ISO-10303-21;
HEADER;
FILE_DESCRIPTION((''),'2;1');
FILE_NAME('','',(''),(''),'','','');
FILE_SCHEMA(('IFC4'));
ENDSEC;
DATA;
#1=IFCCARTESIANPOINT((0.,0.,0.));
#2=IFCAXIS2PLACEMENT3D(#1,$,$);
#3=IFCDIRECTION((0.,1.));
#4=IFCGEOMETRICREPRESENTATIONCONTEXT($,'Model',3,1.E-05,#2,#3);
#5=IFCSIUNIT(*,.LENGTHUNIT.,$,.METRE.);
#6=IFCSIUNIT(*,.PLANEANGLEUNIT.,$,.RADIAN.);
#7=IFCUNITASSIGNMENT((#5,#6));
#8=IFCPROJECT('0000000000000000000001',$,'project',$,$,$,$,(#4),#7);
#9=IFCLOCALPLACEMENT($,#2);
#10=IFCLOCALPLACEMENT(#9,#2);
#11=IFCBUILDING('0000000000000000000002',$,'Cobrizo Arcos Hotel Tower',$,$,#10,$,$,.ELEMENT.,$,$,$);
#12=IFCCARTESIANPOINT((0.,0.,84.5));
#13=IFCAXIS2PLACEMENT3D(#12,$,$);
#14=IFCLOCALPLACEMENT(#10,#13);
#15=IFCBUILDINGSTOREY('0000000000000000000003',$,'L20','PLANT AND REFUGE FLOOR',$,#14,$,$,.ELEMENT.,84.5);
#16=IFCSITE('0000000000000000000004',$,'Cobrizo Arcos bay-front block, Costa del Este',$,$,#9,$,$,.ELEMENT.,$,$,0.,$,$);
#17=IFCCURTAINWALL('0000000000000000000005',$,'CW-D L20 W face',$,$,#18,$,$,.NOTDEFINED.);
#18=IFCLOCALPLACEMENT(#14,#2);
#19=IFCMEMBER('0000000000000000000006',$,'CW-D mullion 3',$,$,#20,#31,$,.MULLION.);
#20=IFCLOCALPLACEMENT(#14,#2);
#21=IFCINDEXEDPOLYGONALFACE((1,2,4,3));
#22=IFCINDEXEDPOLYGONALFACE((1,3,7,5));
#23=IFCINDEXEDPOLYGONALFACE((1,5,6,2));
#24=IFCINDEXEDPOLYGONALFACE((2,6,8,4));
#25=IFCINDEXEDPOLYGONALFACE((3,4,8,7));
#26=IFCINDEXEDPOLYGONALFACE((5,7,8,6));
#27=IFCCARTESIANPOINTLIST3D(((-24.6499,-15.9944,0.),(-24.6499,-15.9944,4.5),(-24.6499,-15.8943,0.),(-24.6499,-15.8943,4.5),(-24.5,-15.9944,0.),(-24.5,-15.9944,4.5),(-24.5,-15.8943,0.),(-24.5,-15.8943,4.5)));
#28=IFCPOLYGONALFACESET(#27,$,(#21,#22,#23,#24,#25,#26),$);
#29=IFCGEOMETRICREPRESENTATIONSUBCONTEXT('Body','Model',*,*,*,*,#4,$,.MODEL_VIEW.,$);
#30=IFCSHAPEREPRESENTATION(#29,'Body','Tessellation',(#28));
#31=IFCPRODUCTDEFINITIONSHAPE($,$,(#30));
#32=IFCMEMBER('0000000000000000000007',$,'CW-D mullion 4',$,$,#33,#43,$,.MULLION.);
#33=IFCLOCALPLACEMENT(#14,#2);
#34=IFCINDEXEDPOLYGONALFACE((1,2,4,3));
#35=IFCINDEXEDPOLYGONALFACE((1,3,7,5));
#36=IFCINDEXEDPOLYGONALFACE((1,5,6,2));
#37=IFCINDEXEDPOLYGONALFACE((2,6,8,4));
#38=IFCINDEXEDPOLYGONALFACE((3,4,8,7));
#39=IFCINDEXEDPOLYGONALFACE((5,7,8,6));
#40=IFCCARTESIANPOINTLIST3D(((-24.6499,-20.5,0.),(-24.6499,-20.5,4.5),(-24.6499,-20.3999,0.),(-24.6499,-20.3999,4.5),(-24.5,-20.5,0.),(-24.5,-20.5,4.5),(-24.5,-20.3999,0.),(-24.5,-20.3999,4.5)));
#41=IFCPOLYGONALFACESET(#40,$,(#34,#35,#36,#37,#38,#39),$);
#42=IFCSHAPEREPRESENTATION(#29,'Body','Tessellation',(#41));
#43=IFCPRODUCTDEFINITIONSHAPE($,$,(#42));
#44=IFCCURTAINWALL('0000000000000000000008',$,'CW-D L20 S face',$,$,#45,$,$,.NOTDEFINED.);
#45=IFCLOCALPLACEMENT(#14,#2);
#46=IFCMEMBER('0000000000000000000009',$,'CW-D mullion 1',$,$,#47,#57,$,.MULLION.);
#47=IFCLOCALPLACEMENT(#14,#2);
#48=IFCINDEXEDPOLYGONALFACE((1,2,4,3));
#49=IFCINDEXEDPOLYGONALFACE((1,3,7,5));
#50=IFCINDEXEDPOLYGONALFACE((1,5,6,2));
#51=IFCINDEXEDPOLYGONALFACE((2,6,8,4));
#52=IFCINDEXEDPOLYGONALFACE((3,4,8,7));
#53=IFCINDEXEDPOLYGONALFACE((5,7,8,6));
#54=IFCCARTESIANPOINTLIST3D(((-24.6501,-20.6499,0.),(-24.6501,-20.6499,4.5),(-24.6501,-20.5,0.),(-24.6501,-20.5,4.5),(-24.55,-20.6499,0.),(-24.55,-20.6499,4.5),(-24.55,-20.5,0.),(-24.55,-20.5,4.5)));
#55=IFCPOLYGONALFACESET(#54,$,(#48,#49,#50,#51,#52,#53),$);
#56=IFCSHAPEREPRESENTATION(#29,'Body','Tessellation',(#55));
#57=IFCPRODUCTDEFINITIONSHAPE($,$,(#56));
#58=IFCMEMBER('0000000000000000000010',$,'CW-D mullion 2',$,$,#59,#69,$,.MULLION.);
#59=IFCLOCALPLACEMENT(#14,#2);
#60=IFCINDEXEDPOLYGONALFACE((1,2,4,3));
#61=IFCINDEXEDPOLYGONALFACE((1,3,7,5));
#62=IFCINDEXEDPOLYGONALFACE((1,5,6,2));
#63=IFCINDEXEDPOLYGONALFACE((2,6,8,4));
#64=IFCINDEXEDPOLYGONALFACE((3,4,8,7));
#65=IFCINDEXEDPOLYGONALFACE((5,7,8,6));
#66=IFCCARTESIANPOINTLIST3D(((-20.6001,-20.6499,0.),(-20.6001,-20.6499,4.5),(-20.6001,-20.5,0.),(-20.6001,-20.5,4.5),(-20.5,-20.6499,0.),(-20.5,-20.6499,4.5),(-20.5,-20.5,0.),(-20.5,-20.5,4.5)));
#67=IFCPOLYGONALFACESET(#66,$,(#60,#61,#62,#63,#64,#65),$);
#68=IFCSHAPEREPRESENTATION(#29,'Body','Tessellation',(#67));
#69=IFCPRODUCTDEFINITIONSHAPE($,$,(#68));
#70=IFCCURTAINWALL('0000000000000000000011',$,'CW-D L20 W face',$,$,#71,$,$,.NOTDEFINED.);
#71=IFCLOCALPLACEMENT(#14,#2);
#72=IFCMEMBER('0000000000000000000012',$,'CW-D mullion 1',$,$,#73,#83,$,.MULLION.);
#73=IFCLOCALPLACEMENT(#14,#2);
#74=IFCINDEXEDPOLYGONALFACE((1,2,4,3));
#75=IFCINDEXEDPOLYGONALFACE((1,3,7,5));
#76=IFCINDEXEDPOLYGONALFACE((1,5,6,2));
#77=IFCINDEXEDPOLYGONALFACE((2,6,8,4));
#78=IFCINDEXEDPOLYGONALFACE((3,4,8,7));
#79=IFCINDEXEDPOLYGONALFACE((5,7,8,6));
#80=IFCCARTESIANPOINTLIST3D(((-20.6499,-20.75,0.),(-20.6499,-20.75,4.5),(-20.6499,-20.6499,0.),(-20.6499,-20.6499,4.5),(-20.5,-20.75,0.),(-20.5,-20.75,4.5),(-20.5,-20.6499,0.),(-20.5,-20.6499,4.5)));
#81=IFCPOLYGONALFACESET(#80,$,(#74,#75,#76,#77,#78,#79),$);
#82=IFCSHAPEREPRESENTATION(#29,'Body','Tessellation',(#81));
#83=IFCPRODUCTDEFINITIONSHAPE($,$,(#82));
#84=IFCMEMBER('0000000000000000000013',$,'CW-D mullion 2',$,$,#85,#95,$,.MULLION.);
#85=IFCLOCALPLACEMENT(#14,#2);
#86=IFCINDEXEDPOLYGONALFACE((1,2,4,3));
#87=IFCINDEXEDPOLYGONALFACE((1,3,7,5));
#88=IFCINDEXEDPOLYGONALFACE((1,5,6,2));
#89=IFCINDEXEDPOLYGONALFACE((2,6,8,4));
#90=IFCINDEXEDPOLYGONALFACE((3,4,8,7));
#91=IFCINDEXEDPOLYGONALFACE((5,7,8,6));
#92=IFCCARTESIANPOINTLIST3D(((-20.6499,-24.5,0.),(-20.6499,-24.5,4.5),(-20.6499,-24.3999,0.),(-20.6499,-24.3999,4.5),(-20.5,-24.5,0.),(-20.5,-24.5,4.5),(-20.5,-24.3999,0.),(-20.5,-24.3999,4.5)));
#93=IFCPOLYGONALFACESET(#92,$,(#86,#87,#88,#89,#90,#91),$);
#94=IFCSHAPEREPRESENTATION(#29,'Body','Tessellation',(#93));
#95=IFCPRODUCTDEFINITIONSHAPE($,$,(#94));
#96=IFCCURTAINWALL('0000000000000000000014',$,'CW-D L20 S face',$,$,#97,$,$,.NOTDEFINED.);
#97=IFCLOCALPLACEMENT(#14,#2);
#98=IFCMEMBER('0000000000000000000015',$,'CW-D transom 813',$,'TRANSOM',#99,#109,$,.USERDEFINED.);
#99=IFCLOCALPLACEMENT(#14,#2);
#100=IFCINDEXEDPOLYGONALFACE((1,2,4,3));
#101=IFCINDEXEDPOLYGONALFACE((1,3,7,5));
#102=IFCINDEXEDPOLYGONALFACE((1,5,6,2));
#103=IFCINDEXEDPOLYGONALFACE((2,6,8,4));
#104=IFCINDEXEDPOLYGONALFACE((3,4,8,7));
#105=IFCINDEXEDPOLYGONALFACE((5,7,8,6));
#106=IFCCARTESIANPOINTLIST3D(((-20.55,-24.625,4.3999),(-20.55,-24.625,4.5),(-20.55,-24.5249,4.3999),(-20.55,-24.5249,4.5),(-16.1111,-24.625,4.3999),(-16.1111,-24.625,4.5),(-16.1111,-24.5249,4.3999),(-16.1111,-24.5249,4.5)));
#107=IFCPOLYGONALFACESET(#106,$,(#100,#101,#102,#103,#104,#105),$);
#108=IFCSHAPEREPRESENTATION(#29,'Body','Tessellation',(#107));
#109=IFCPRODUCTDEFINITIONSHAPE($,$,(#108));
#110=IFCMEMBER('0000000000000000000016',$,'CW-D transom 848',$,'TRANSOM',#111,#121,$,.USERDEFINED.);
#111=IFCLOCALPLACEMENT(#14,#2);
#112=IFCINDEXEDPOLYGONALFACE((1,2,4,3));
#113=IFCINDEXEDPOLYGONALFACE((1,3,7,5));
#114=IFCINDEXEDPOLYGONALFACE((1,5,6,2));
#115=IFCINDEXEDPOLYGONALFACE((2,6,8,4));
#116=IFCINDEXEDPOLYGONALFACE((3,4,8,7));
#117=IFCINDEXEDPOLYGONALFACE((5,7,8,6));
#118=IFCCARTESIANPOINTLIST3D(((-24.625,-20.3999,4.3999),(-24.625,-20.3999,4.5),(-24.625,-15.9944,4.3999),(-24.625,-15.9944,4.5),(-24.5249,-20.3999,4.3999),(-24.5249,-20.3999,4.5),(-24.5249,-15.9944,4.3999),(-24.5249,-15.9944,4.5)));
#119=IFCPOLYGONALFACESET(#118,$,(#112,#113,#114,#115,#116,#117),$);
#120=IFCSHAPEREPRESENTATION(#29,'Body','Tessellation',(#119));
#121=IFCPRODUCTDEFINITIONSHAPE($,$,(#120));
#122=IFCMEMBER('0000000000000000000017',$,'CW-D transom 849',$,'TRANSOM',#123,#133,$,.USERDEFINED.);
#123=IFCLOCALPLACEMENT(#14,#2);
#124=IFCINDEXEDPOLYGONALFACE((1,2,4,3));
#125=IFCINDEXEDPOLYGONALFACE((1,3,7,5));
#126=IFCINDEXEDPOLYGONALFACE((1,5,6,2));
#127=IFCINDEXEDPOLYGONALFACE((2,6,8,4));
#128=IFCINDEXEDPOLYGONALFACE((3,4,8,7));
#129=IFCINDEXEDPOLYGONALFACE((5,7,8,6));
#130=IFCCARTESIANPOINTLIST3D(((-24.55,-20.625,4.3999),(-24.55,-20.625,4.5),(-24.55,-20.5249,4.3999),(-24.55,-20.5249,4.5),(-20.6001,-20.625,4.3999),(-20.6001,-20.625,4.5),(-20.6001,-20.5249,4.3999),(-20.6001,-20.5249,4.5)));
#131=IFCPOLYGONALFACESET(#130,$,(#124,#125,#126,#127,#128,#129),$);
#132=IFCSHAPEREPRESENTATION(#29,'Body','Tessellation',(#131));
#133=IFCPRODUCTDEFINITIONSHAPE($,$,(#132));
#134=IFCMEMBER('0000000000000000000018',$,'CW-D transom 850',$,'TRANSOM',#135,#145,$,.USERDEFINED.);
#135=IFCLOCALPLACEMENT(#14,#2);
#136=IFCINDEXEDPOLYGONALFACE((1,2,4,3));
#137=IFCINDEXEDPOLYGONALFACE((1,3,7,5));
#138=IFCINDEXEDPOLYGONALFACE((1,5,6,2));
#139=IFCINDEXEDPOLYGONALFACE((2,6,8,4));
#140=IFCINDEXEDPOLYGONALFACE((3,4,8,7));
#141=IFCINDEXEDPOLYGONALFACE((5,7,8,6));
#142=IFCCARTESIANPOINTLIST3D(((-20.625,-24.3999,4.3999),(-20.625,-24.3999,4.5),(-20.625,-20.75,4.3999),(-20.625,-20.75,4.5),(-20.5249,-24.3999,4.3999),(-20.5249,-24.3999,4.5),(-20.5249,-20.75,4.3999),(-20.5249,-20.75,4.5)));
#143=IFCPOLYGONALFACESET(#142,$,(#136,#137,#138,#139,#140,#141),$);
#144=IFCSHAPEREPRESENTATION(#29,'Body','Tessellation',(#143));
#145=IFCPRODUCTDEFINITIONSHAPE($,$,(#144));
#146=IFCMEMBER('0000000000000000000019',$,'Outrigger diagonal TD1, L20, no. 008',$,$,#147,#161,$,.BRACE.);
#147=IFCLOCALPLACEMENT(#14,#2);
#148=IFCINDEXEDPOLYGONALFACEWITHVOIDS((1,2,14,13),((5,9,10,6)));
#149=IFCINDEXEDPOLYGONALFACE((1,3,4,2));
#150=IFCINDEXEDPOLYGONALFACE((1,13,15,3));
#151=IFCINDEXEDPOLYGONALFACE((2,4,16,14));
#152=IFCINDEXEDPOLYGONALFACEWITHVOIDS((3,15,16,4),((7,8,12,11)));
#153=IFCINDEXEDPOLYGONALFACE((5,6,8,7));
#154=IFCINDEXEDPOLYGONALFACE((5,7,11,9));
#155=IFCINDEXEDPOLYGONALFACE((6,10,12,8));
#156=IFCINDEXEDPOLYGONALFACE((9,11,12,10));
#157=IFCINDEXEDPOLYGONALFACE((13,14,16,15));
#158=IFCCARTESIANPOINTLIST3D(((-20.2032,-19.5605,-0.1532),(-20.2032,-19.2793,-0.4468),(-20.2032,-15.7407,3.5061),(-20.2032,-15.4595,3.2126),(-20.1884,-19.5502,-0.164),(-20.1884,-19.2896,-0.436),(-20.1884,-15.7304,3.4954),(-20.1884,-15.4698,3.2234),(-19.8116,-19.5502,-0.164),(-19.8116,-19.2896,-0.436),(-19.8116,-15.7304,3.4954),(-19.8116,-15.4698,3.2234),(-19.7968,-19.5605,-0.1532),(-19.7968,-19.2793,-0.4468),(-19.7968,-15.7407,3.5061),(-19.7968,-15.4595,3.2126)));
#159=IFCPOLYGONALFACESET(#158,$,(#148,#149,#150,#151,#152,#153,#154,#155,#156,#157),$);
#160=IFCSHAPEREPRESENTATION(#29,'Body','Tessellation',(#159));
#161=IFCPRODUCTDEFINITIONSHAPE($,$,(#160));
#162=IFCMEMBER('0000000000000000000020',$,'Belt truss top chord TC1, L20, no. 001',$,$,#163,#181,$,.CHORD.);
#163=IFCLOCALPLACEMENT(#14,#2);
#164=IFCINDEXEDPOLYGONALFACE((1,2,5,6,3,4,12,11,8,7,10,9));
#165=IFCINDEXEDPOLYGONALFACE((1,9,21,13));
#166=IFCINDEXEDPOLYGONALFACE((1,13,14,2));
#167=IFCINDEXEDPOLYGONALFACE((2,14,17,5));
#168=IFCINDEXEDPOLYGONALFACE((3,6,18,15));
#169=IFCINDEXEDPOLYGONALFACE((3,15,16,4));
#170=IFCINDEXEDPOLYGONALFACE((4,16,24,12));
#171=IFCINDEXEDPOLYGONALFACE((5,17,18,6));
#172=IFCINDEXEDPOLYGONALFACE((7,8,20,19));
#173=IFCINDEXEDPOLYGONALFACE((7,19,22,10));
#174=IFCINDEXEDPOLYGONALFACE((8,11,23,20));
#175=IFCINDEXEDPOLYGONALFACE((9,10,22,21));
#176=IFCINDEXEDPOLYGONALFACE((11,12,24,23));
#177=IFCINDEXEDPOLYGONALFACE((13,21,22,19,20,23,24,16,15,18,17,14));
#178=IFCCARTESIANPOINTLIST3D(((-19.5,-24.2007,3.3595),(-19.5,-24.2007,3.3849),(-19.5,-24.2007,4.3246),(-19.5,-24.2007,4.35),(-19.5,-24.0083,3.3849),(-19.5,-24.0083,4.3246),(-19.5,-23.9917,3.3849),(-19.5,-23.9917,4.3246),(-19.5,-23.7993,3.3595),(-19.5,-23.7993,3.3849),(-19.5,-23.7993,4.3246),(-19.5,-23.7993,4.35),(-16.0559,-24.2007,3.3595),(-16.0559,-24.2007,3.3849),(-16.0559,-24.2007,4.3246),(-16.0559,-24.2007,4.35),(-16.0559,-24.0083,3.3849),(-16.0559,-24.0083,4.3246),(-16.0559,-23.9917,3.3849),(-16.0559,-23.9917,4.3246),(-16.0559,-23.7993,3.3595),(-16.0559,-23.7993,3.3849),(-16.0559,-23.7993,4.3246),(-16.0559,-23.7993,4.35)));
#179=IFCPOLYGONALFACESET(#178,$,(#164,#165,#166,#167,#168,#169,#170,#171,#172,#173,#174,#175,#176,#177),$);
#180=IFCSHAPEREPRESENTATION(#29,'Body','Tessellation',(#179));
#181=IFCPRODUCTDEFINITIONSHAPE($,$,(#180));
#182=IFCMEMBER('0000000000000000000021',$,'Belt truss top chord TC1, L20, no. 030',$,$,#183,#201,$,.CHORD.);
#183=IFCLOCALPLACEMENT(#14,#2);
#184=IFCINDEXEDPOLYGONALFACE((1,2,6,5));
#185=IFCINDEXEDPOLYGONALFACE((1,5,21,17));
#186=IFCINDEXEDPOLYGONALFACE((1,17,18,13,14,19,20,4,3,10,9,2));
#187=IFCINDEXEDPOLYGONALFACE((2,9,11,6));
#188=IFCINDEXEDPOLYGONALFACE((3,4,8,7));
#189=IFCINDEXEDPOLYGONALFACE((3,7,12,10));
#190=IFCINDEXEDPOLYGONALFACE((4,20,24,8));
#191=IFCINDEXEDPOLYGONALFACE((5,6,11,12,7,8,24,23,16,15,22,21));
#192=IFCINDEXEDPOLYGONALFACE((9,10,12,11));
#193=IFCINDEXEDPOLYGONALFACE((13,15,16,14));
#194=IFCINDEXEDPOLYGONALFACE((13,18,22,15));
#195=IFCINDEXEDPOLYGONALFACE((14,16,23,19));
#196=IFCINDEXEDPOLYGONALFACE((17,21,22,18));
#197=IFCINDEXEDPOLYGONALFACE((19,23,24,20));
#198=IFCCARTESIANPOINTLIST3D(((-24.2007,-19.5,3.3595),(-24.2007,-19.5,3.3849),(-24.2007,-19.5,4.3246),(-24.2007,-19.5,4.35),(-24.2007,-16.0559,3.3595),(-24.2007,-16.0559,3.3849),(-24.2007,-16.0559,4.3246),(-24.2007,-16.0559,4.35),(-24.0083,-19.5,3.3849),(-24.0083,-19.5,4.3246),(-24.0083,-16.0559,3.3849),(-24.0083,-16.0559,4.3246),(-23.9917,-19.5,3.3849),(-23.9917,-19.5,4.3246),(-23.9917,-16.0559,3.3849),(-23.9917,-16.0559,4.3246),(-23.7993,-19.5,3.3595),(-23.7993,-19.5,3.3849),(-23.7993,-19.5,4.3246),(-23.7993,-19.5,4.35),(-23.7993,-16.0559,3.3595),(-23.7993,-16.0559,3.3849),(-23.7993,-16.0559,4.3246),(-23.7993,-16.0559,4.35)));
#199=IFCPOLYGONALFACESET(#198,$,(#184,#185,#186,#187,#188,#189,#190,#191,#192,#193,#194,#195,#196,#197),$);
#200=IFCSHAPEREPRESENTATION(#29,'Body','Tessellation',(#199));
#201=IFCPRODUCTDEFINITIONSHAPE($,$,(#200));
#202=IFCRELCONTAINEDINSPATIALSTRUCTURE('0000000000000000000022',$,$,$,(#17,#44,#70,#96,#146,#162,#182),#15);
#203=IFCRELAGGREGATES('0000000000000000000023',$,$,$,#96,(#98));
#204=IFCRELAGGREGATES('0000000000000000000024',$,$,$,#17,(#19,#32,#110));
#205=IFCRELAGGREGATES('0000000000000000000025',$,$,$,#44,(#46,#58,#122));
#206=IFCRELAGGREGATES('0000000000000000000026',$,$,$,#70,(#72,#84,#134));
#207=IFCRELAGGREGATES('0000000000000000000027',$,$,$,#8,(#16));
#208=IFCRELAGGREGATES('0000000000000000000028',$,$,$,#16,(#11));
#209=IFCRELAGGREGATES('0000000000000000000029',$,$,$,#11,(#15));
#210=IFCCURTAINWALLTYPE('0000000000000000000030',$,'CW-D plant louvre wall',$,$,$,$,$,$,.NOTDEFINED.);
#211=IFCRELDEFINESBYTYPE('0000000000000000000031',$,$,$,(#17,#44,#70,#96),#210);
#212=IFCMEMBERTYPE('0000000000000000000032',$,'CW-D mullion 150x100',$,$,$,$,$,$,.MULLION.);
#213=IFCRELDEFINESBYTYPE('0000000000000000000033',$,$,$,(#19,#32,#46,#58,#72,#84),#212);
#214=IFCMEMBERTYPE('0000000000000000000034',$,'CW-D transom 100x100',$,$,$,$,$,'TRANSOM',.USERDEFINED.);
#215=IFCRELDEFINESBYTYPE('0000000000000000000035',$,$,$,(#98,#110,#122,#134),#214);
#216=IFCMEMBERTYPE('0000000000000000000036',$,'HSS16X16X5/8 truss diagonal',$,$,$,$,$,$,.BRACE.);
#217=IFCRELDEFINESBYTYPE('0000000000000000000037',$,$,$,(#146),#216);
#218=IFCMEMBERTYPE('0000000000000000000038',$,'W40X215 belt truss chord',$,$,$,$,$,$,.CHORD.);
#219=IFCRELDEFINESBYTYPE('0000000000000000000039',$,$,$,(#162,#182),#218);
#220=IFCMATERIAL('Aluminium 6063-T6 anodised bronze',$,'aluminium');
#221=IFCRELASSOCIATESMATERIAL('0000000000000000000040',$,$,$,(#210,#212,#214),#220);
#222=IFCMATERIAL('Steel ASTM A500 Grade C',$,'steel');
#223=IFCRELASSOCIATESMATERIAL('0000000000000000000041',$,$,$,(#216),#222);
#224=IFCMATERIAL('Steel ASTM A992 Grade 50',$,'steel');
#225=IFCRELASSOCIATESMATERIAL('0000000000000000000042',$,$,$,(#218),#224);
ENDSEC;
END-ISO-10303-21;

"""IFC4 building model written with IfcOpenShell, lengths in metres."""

from ifc_helpers import new_model, si_unit, direction, frame, origin, origin_2d, place, context, subcontext, project, spatial, rectangle, hollow_rectangle, i_section, extrude, material, material_profile, profile_set, type_object, element, aggregate, save


model = new_model("IFC4")

# Units and contexts
model_context = context("Model", 3, precision=1e-05, world=origin(), true_north=direction((0.0, 1.0)))
body_context = subcontext(model_context, "Body", "Model", "MODEL_VIEW")
ifc_project = project(units=[si_unit("LENGTHUNIT", "METRE"), si_unit("PLANEANGLEUNIT", "RADIAN")], contexts=[model_context])

# Site, building, storey
site_placement = place(None, origin())
site = spatial("IfcSite", under=ifc_project, at=site_placement, Name="Cobrizo Arcos bay-front block, Costa del Este", CompositionType="ELEMENT", RefElevation=0.0)
building_placement = place(site_placement, origin())
building = spatial("IfcBuilding", under=site, at=building_placement, Name="Cobrizo Arcos Hotel Tower", CompositionType="ELEMENT")
storey_placement = place(building_placement, frame((0.0, 0.0, 84.5)))
storey = spatial("IfcBuildingStorey", under=building, at=storey_placement, Name="L20", Description="PLANT AND REFUGE FLOOR", CompositionType="ELEMENT", Elevation=84.5)

# Curtain walls, members
ifc_material_1 = material(Name="Aluminium 6063-T6 anodised bronze", Category="aluminium")
curtain_wall_type = type_object("IfcCurtainWallType", Name="CW-D plant louvre wall", PredefinedType="NOTDEFINED", material=ifc_material_1)
curtain_wall_1_placement = place(storey_placement, origin())
curtain_wall_1 = element("IfcCurtainWall", 1, at=curtain_wall_1_placement, inside=storey, type_object=curtain_wall_type, Name="CW-D L20 W face", PredefinedType="NOTDEFINED")
ifc_material_profile_1 = material_profile(ifc_material_1, rectangle(XDim=0.1499, YDim=0.1001, at=origin_2d()), Name="CW-D mullion 150x100")
ifc_profile_set_1 = profile_set([ifc_material_profile_1], Name="Aluminium 6063-T6 anodised bronze")
member_type_1 = type_object("IfcMemberType", Name="CW-D mullion 150x100", PredefinedType="MULLION", material=ifc_profile_set_1)
member_1_placement = place(storey_placement, frame((-24.575, -15.9443, 0.0), z_axis=(0.0, 0.0, 1.0), x_axis=(-1.0, 0.0, 0.0)))
member_1 = element("IfcMember", 2, at=member_1_placement, type_object=member_type_1, Name="CW-D mullion 3", PredefinedType="MULLION", context=body_context, shape_type="SweptSolid", body=[
    extrude(rectangle(XDim=0.1499, YDim=0.1001, at=origin_2d()), origin(), (0.0, 0.0, 1.0), 4.5),
])
member_2_placement = place(storey_placement, frame((-24.575, -20.45, 0.0), z_axis=(0.0, 0.0, 1.0), x_axis=(-1.0, 0.0, 0.0)))
member_2 = element("IfcMember", 3, at=member_2_placement, type_object=member_type_1, Name="CW-D mullion 4", PredefinedType="MULLION", context=body_context, shape_type="SweptSolid", body=[
    extrude(rectangle(XDim=0.1499, YDim=0.1001, at=origin_2d()), origin(), (0.0, 0.0, 1.0), 4.5),
])
curtain_wall_2_placement = place(storey_placement, origin())
curtain_wall_2 = element("IfcCurtainWall", 4, at=curtain_wall_2_placement, inside=storey, type_object=curtain_wall_type, Name="CW-D L20 S face", PredefinedType="NOTDEFINED")
member_3_placement = place(storey_placement, frame((-24.6001, -20.575, 0.0), z_axis=(0.0, 0.0, 1.0), x_axis=(0.0, -1.0, 0.0)))
member_3 = element("IfcMember", 5, at=member_3_placement, type_object=member_type_1, Name="CW-D mullion 1", PredefinedType="MULLION", context=body_context, shape_type="SweptSolid", body=[
    extrude(rectangle(XDim=0.1499, YDim=0.1001, at=origin_2d()), origin(), (0.0, 0.0, 1.0), 4.5),
])
member_4_placement = place(storey_placement, frame((-20.55, -20.575, 0.0), z_axis=(0.0, 0.0, 1.0), x_axis=(0.0, -1.0, 0.0)))
member_4 = element("IfcMember", 6, at=member_4_placement, type_object=member_type_1, Name="CW-D mullion 2", PredefinedType="MULLION", context=body_context, shape_type="SweptSolid", body=[
    extrude(rectangle(XDim=0.1499, YDim=0.1001, at=origin_2d()), origin(), (0.0, 0.0, 1.0), 4.5),
])
curtain_wall_3_placement = place(storey_placement, origin())
curtain_wall_3 = element("IfcCurtainWall", 7, at=curtain_wall_3_placement, inside=storey, type_object=curtain_wall_type, Name="CW-D L20 W face", PredefinedType="NOTDEFINED")
member_5_placement = place(storey_placement, frame((-20.575, -20.7, 0.0), z_axis=(0.0, 0.0, 1.0), x_axis=(-1.0, 0.0, 0.0)))
member_5 = element("IfcMember", 8, at=member_5_placement, type_object=member_type_1, Name="CW-D mullion 1", PredefinedType="MULLION", context=body_context, shape_type="SweptSolid", body=[
    extrude(rectangle(XDim=0.1499, YDim=0.1001, at=origin_2d()), origin(), (0.0, 0.0, 1.0), 4.5),
])
member_6_placement = place(storey_placement, frame((-20.575, -24.45, 0.0), z_axis=(0.0, 0.0, 1.0), x_axis=(-1.0, 0.0, 0.0)))
member_6 = element("IfcMember", 9, at=member_6_placement, type_object=member_type_1, Name="CW-D mullion 2", PredefinedType="MULLION", context=body_context, shape_type="SweptSolid", body=[
    extrude(rectangle(XDim=0.1499, YDim=0.1001, at=origin_2d()), origin(), (0.0, 0.0, 1.0), 4.5),
])

# Curtain wall, member
curtain_wall_4_placement = place(storey_placement, origin())
curtain_wall_4 = element("IfcCurtainWall", 10, at=curtain_wall_4_placement, inside=storey, type_object=curtain_wall_type, Name="CW-D L20 S face", PredefinedType="NOTDEFINED")
ifc_material_profile_2 = material_profile(ifc_material_1, rectangle(XDim=0.1001, YDim=0.1001, at=origin_2d()), Name="CW-D transom 100x100")
ifc_profile_set_2 = profile_set([ifc_material_profile_2], Name="Aluminium 6063-T6 anodised bronze")
member_type_2 = type_object("IfcMemberType", Name="CW-D transom 100x100", ElementType="TRANSOM", PredefinedType="USERDEFINED", material=ifc_profile_set_2)
member_7_placement = place(storey_placement, frame((-20.55, -24.575, 4.45), z_axis=(1.0, 0.0, 0.0), x_axis=(0.0, 1.0, 0.0)))
member_7 = element("IfcMember", 11, at=member_7_placement, type_object=member_type_2, Name="CW-D transom 813", ObjectType="TRANSOM", PredefinedType="USERDEFINED", context=body_context, shape_type="SweptSolid", body=[
    extrude(rectangle(XDim=0.1001, YDim=0.1001, at=origin_2d()), origin(), (0.0, 0.0, 1.0), 4.439),
])
aggregate(curtain_wall_4, [member_7])

# Members
member_8_placement = place(storey_placement, frame((-24.575, -15.9944, 4.45), z_axis=(0.0, -1.0, 0.0), x_axis=(1.0, 0.0, 0.0)))
member_8 = element("IfcMember", 12, at=member_8_placement, type_object=member_type_2, Name="CW-D transom 848", ObjectType="TRANSOM", PredefinedType="USERDEFINED", context=body_context, shape_type="SweptSolid", body=[
    extrude(rectangle(XDim=0.1001, YDim=0.1001, at=origin_2d()), origin(), (0.0, 0.0, 1.0), 4.4055),
])
member_9_placement = place(storey_placement, frame((-24.55, -20.575, 4.45), z_axis=(1.0, 0.0, 0.0), x_axis=(0.0, 1.0, 0.0)))
member_9 = element("IfcMember", 13, at=member_9_placement, type_object=member_type_2, Name="CW-D transom 849", ObjectType="TRANSOM", PredefinedType="USERDEFINED", context=body_context, shape_type="SweptSolid", body=[
    extrude(rectangle(XDim=0.1001, YDim=0.1001, at=origin_2d()), origin(), (0.0, 0.0, 1.0), 3.95),
])
member_10_placement = place(storey_placement, frame((-20.575, -20.75, 4.45), z_axis=(0.0, -1.0, 0.0), x_axis=(1.0, 0.0, 0.0)))
member_10 = element("IfcMember", 14, at=member_10_placement, type_object=member_type_2, Name="CW-D transom 850", ObjectType="TRANSOM", PredefinedType="USERDEFINED", context=body_context, shape_type="SweptSolid", body=[
    extrude(rectangle(XDim=0.1001, YDim=0.1001, at=origin_2d()), origin(), (0.0, 0.0, 1.0), 3.6499),
])

# Members
ifc_material_2 = material(Name="Steel ASTM A500 Grade C", Category="steel")
ifc_material_profile_3 = material_profile(ifc_material_2, hollow_rectangle(XDim=0.4065, YDim=0.4065, WallThickness=0.0149, at=origin_2d()), Name="HSS16X16X5/8")
ifc_profile_set_3 = profile_set([ifc_material_profile_3], Name="Steel ASTM A500 Grade C")
member_type_3 = type_object("IfcMemberType", Name="HSS16X16X5/8 truss diagonal", PredefinedType="BRACE", material=ifc_profile_set_3)
member_11_placement = place(storey_placement, frame((-20.0, -15.6001, 3.3594), z_axis=(0.0, -0.722105, -0.691783), x_axis=(1.0, 0.0, 0.0)))
element("IfcMember", 15, at=member_11_placement, inside=storey, type_object=member_type_3, Name="Outrigger diagonal TD1, L20, no. 008", PredefinedType="BRACE", context=body_context, shape_type="SweptSolid", body=[
    extrude(hollow_rectangle(XDim=0.4065, YDim=0.4065, WallThickness=0.0149, at=origin_2d()), origin(), (0.0, 0.0, 1.0), 5.2898),
])
ifc_material_3 = material(Name="Steel ASTM A992 Grade 50", Category="steel")
ifc_material_profile_4 = material_profile(ifc_material_3, i_section(OverallWidth=0.4014, OverallDepth=0.9905, WebThickness=0.0166, FlangeThickness=0.0254, at=origin_2d()), Name="W40X215")
ifc_profile_set_4 = profile_set([ifc_material_profile_4], Name="Steel ASTM A992 Grade 50")
member_type_4 = type_object("IfcMemberType", Name="W40X215 belt truss chord", PredefinedType="CHORD", material=ifc_profile_set_4)
for number, where, z_axis, x_axis, name in (
    (16, (-19.5, -24.0, 3.8547), (1.0, 0.0, 0.0), (0.0, 1.0, 0.0), "Belt truss top chord TC1, L20, no. 001"),
    (17, (-24.0, -16.0559, 3.8547), (0.0, -1.0, 0.0), (1.0, 0.0, 0.0), "Belt truss top chord TC1, L20, no. 030"),
):
    element("IfcMember", number, at=place(storey_placement, frame(where, z_axis=z_axis, x_axis=x_axis)), inside=storey, type_object=member_type_4, Name=name, PredefinedType="CHORD", context=body_context, shape_type="SweptSolid", body=[
        extrude(i_section(OverallWidth=0.4014, OverallDepth=0.9905, WebThickness=0.0166, FlangeThickness=0.0254, at=origin_2d()), origin(), (0.0, 0.0, 1.0), 3.4441),
    ])

aggregate(curtain_wall_1, [member_1, member_2, member_8])
aggregate(curtain_wall_2, [member_3, member_4, member_9])
aggregate(curtain_wall_3, [member_5, member_6, member_10])

save(model, "model.ifc")
